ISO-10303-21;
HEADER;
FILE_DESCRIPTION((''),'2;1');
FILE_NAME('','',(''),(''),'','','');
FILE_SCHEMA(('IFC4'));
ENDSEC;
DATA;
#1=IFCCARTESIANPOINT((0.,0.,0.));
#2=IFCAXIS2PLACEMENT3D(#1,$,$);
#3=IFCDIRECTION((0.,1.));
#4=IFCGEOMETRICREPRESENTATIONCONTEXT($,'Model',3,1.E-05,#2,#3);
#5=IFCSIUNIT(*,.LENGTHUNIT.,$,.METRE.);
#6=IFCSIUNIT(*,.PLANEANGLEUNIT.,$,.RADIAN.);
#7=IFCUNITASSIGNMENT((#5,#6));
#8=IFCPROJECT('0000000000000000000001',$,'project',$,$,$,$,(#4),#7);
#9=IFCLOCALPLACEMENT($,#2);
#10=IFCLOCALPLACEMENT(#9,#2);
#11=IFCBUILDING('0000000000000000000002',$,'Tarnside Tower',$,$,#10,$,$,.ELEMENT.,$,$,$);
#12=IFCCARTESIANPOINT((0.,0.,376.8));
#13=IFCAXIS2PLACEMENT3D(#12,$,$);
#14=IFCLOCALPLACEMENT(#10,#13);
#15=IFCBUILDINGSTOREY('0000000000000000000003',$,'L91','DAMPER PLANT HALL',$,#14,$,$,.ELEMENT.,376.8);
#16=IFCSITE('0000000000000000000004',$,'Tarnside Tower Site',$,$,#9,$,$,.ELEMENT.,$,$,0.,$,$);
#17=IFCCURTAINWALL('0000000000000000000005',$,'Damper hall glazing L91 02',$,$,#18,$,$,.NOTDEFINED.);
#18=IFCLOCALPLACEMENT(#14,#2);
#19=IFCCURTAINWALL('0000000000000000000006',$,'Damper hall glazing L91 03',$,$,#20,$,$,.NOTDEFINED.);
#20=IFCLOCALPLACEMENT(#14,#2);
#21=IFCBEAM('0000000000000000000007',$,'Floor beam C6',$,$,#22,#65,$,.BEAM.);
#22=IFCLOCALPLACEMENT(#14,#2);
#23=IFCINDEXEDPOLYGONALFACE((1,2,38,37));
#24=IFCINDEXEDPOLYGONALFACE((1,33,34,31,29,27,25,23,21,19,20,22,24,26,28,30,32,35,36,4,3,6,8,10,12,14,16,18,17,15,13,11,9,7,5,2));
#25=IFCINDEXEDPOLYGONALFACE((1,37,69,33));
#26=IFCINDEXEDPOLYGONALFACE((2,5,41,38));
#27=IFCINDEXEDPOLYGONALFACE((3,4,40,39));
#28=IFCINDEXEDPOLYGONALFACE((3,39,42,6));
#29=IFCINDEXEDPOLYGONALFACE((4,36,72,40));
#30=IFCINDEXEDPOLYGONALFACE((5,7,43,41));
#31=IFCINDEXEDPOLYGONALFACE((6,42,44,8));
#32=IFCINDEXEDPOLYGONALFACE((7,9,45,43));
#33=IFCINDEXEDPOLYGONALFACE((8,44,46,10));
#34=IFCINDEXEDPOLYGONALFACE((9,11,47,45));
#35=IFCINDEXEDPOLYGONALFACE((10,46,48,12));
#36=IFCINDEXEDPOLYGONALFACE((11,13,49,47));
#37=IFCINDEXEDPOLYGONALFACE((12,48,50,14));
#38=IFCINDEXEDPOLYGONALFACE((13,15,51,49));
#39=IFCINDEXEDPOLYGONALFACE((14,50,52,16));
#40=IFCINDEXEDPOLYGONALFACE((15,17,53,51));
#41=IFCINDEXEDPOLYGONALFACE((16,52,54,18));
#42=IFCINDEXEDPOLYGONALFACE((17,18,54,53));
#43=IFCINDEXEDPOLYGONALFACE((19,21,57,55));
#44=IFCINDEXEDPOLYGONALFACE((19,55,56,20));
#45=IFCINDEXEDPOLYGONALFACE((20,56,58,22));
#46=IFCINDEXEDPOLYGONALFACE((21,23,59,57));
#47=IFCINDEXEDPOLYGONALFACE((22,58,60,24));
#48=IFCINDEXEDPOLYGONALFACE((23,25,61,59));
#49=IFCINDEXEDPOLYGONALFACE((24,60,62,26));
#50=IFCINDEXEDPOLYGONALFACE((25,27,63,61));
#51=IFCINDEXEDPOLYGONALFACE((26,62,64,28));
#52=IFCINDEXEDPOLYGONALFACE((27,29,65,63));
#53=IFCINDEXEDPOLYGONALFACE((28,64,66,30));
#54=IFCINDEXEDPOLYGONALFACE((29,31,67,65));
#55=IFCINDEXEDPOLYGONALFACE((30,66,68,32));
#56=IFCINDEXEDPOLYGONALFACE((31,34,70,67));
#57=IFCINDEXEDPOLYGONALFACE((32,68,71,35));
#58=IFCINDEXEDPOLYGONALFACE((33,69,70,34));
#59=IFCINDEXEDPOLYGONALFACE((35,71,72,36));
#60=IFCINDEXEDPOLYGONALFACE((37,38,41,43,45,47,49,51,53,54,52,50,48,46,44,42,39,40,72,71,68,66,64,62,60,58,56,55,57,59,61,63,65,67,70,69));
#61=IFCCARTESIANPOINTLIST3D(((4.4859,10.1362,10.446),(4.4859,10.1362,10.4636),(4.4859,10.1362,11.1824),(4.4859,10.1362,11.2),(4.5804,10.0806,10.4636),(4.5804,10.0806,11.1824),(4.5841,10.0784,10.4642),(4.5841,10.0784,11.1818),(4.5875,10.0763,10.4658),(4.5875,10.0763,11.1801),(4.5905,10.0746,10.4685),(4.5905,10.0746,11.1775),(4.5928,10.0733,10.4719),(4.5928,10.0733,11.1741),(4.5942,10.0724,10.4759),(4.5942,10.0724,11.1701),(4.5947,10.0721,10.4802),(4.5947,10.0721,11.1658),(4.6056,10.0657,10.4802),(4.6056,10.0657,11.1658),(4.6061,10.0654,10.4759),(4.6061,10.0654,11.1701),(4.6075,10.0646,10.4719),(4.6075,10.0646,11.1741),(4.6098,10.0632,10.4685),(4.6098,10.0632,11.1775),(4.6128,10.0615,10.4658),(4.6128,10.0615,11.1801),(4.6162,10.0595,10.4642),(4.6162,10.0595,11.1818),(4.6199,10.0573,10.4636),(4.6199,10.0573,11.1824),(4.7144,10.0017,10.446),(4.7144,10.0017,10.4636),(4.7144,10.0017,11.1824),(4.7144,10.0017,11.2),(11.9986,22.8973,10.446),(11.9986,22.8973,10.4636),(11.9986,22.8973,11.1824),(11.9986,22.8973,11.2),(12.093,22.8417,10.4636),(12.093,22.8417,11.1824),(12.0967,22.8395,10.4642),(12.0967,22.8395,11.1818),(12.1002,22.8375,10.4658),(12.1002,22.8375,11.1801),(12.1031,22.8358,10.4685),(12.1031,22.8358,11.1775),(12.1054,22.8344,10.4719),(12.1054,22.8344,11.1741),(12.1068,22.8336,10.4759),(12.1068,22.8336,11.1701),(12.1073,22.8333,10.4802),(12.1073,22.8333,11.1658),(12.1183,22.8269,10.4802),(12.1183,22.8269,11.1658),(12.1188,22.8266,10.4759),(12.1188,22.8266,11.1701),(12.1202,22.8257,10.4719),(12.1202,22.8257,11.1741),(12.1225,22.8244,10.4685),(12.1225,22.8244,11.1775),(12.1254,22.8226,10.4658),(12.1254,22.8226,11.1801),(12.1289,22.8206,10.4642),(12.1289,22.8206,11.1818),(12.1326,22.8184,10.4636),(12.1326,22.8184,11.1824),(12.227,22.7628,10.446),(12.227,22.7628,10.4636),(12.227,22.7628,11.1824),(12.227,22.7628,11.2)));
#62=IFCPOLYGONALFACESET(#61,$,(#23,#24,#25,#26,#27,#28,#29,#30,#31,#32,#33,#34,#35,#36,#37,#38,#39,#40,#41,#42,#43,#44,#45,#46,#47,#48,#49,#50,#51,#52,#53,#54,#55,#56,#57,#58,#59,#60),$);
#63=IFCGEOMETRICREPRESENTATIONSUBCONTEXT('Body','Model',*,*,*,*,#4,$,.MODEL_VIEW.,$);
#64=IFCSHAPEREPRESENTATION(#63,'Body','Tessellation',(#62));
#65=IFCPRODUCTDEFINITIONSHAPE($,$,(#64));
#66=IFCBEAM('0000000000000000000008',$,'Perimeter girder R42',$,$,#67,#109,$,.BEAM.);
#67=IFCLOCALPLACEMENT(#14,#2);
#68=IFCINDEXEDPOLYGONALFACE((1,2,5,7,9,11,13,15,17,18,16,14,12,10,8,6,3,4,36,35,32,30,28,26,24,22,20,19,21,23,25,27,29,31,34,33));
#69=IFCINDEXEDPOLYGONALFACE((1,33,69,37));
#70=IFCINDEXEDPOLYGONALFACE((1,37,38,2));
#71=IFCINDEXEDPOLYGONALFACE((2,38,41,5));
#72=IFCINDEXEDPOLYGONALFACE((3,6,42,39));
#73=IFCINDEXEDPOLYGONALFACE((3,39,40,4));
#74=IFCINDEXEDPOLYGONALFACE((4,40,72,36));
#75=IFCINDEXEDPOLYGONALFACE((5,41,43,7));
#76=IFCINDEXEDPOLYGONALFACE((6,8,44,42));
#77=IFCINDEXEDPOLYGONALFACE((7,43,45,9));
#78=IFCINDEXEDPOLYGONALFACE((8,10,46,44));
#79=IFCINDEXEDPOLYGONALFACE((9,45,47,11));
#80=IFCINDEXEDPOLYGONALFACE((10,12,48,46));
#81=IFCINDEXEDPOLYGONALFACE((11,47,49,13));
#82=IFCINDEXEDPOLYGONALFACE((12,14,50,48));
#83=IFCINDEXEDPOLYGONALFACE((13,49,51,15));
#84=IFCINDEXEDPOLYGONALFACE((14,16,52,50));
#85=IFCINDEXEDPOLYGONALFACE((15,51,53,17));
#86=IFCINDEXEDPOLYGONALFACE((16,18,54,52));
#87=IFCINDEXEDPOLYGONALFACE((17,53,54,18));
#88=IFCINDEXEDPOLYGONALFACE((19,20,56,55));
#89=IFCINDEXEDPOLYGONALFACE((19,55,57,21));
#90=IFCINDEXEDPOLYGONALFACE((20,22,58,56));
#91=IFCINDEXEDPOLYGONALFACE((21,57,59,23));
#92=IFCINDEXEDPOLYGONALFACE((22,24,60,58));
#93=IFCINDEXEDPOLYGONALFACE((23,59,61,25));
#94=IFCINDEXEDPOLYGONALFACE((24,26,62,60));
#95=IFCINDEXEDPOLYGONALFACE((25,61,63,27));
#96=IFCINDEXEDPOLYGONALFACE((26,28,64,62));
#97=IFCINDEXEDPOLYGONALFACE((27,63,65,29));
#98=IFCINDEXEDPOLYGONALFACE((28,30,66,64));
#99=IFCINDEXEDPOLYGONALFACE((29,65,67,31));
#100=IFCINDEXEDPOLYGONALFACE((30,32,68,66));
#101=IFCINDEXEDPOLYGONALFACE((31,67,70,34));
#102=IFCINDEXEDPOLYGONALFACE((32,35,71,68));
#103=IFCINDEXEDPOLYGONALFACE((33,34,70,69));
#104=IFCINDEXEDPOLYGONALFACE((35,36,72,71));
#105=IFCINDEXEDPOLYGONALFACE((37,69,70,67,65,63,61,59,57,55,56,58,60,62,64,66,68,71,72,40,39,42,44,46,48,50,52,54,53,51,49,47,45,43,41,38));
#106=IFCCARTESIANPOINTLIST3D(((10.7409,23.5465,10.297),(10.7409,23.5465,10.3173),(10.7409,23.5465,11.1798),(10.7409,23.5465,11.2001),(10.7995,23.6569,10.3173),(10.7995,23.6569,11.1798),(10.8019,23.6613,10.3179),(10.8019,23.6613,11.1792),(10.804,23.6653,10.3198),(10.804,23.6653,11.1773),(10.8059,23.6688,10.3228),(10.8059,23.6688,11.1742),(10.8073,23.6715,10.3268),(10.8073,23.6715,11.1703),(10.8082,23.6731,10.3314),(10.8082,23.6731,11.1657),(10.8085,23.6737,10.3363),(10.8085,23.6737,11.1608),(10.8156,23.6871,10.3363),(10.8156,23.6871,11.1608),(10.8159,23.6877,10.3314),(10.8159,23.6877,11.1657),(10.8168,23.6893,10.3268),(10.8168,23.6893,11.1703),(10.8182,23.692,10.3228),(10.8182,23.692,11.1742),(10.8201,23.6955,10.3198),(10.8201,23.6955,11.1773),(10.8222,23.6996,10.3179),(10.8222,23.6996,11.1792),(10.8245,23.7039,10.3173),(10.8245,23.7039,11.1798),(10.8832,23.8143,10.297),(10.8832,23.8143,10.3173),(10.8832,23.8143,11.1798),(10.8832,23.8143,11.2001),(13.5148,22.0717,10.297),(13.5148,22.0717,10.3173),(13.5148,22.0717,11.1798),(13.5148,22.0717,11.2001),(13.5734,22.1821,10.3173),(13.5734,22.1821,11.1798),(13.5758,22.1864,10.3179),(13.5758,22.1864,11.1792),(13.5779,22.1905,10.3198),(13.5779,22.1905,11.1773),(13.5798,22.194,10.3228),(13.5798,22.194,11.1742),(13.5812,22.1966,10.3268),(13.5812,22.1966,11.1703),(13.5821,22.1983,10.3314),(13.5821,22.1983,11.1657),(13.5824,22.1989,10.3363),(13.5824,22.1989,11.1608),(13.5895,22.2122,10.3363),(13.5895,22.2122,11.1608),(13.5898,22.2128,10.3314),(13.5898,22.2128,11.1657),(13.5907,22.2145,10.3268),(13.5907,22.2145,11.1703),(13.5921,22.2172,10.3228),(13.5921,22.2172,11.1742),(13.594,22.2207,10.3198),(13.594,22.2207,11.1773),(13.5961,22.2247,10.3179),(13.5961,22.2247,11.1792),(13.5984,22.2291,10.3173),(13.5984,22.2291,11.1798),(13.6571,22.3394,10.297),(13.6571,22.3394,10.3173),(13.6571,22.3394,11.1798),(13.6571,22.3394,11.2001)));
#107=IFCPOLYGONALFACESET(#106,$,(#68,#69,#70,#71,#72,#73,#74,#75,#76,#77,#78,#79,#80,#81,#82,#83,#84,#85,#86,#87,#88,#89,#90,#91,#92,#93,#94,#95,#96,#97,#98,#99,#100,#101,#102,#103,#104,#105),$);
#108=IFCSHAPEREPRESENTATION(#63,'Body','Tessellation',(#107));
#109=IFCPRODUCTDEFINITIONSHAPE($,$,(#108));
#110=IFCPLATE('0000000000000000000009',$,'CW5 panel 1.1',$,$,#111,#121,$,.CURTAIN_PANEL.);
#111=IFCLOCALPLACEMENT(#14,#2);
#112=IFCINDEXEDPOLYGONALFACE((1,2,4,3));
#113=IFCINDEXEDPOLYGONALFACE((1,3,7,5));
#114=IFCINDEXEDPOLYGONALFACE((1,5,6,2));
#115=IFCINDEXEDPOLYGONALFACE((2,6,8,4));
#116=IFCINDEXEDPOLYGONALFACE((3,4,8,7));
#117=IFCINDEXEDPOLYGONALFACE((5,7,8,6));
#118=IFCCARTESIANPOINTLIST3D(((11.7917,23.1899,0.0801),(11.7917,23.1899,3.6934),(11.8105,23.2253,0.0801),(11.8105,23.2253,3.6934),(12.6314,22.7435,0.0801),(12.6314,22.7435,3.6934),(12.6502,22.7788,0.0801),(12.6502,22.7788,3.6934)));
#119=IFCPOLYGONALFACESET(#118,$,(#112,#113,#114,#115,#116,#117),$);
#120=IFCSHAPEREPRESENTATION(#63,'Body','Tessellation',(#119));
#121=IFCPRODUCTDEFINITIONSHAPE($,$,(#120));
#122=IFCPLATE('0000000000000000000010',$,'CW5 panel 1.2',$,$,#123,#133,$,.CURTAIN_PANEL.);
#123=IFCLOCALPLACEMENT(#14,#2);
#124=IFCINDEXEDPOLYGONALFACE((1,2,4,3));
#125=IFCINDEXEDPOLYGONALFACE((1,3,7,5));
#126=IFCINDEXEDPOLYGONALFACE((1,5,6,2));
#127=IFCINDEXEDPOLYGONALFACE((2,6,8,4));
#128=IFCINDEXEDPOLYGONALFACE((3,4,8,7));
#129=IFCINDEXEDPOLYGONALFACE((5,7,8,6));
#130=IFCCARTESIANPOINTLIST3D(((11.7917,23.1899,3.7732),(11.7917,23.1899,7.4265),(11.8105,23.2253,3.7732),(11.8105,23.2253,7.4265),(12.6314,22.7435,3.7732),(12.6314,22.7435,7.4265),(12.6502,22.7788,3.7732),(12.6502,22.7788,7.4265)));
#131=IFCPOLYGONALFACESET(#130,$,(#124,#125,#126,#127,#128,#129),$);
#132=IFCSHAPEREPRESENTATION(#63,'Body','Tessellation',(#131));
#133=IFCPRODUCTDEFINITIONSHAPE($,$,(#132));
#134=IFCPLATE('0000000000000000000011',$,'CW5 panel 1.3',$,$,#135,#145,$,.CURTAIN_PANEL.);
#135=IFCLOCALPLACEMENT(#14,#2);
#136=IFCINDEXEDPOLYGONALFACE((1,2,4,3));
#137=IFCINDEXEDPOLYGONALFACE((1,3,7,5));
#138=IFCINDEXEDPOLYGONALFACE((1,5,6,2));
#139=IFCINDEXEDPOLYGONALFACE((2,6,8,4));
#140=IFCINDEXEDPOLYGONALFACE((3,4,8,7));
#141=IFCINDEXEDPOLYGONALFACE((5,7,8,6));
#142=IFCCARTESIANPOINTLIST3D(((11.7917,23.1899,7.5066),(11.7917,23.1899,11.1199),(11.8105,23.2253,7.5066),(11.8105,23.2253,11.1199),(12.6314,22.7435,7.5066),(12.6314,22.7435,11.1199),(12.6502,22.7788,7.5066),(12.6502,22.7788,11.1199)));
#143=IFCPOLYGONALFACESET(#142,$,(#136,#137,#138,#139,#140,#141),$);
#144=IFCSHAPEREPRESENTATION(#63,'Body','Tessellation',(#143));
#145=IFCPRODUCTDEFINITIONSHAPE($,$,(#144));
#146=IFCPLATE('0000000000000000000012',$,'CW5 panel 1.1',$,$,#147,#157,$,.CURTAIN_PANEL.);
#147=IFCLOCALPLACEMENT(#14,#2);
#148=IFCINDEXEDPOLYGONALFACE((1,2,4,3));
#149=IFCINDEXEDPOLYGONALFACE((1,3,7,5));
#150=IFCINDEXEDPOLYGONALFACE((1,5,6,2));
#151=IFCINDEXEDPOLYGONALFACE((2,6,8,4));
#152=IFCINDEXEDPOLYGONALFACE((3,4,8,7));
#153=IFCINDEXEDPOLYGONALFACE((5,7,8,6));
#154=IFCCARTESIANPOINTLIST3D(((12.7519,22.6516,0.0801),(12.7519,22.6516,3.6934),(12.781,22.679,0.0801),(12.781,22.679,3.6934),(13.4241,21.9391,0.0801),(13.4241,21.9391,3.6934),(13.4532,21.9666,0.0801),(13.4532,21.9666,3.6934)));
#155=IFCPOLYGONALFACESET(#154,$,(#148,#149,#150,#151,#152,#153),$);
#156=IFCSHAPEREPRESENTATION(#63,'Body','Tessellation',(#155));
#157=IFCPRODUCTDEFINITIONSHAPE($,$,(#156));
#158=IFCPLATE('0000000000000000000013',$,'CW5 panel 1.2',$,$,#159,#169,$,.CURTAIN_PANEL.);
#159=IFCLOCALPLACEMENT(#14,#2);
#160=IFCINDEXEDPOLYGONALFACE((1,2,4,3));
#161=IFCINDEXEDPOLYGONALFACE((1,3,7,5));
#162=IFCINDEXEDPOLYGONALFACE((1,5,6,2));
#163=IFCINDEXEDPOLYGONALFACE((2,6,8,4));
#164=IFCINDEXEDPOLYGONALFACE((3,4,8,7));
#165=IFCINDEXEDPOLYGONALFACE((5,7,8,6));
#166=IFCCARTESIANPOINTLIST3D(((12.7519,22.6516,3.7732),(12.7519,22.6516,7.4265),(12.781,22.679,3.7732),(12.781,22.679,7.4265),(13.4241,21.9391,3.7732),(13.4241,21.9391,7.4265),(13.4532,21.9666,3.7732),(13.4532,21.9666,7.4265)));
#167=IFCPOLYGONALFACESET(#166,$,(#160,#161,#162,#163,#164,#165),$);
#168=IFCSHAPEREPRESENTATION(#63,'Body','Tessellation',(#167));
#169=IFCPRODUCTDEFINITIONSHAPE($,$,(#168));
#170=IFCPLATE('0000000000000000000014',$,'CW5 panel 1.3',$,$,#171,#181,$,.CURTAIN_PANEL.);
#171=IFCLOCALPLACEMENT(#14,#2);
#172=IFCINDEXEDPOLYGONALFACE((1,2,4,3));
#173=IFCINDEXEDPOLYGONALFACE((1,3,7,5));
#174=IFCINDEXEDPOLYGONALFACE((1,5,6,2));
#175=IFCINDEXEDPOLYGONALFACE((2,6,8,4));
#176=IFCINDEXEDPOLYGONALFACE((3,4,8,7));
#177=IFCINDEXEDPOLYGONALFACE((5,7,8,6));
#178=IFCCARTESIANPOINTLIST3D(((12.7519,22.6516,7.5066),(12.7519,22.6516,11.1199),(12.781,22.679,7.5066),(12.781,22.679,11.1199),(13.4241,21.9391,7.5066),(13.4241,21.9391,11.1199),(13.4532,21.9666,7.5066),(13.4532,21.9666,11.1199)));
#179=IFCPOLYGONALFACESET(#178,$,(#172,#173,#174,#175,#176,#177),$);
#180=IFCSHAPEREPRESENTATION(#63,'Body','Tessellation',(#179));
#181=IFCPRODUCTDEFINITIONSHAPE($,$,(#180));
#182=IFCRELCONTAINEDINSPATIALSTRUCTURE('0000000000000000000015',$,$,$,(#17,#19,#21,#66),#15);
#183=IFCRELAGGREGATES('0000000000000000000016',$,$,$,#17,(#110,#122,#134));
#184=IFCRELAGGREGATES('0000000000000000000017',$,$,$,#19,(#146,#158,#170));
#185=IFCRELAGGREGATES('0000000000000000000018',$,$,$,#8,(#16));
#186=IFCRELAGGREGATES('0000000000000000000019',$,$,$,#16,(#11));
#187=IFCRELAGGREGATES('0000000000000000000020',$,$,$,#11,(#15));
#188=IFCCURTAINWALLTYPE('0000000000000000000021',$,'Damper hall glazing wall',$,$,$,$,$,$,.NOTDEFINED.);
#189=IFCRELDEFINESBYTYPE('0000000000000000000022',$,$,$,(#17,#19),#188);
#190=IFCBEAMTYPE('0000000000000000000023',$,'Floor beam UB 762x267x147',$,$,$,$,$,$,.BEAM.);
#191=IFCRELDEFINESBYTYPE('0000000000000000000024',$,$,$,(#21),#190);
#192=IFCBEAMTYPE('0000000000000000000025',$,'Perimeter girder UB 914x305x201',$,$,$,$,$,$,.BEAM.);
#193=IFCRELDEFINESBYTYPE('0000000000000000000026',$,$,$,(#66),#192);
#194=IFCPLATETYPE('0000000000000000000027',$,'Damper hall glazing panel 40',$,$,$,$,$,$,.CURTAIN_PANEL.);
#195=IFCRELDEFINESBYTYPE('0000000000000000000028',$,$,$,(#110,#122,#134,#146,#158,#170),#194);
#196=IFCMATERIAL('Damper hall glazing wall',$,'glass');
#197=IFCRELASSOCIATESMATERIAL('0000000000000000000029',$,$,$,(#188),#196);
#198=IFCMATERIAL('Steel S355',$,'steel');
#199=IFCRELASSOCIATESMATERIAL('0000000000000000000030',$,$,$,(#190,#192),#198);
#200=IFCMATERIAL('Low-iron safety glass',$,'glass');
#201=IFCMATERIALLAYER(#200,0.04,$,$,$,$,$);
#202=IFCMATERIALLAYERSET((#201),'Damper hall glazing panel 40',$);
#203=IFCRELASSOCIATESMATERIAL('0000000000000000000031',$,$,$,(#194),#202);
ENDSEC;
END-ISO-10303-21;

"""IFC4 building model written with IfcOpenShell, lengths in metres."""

from ifc_helpers import new_model, si_unit, direction, frame, origin, origin_2d, place, context, subcontext, project, spatial, rectangle, i_section, extrude, material, layer, layer_set, material_profile, profile_set, type_object, element, aggregate, save


model = new_model("IFC4")

# Units and contexts
model_context = context("Model", 3, precision=1e-05, world=origin(), true_north=direction((0.0, 1.0)))
body_context = subcontext(model_context, "Body", "Model", "MODEL_VIEW")
ifc_project = project(units=[si_unit("LENGTHUNIT", "METRE"), si_unit("PLANEANGLEUNIT", "RADIAN")], contexts=[model_context])

# Site, building, storey
site_placement = place(None, origin())
site = spatial("IfcSite", under=ifc_project, at=site_placement, Name="Tarnside Tower Site", CompositionType="ELEMENT", RefElevation=0.0)
building_placement = place(site_placement, origin())
building = spatial("IfcBuilding", under=site, at=building_placement, Name="Tarnside Tower", CompositionType="ELEMENT")
storey_placement = place(building_placement, frame((0.0, 0.0, 376.8)))
storey = spatial("IfcBuildingStorey", under=building, at=storey_placement, Name="L91", Description="DAMPER PLANT HALL", CompositionType="ELEMENT", Elevation=376.8)

# Shared definitions
ifc_material_1 = material(Name="Steel S355", Category="steel")

# Curtain wall
ifc_material_2 = material(Name="Damper hall glazing wall", Category="glass")
curtain_wall_type = type_object("IfcCurtainWallType", Name="Damper hall glazing wall", PredefinedType="NOTDEFINED", material=ifc_material_2)
curtain_wall_1_placement = place(storey_placement, origin())
curtain_wall_1 = element("IfcCurtainWall", 1, at=curtain_wall_1_placement, inside=storey, type_object=curtain_wall_type, Name="Damper hall glazing L91 02", PredefinedType="NOTDEFINED")

# Curtain wall
curtain_wall_2_placement = place(storey_placement, origin())
curtain_wall_2 = element("IfcCurtainWall", 2, at=curtain_wall_2_placement, inside=storey, type_object=curtain_wall_type, Name="Damper hall glazing L91 03", PredefinedType="NOTDEFINED")

# Beams
ifc_material_profile_1 = material_profile(ifc_material_1, i_section(OverallWidth=0.2651, OverallDepth=0.7539, WebThickness=0.0127, FlangeThickness=0.0176, FilletRadius=0.0166, at=origin_2d()), Name="UB 762x267x147")
ifc_profile_set_1 = profile_set([ifc_material_profile_1], Name="Steel S355")
beam_type_1 = type_object("IfcBeamType", Name="Floor beam UB 762x267x147", PredefinedType="BEAM", material=ifc_profile_set_1)
beam_1_placement = place(storey_placement, frame((12.1128, 22.8301, 10.823), z_axis=(-0.507326, -0.861754, 0.0), x_axis=(0.861754, -0.507326, 0.0)))
element("IfcBeam", 3, at=beam_1_placement, inside=storey, type_object=beam_type_1, Name="Floor beam C6", PredefinedType="BEAM", context=body_context, shape_type="SweptSolid", body=[
    extrude(i_section(OverallWidth=0.2651, OverallDepth=0.7539, WebThickness=0.0127, FlangeThickness=0.0176, FilletRadius=0.0166, at=origin_2d()), origin(), (0.0, 0.0, 1.0), 14.8083),
])
ifc_material_profile_2 = material_profile(ifc_material_1, i_section(OverallWidth=0.3032, OverallDepth=0.9031, WebThickness=0.0151, FlangeThickness=0.0203, FilletRadius=0.019, at=origin_2d()), Name="UB 914x305x201")
ifc_profile_set_2 = profile_set([ifc_material_profile_2], Name="Steel S355")
beam_type_2 = type_object("IfcBeamType", Name="Perimeter girder UB 914x305x201", PredefinedType="BEAM", material=ifc_profile_set_2)
beam_2_placement = place(storey_placement, frame((13.5859, 22.2056, 10.7485), z_axis=(-0.882957, 0.469454, 0.0), x_axis=(-0.469454, -0.882957, 0.0)))
element("IfcBeam", 4, at=beam_2_placement, inside=storey, type_object=beam_type_2, Name="Perimeter girder R42", PredefinedType="BEAM", context=body_context, shape_type="SweptSolid", body=[
    extrude(i_section(OverallWidth=0.3032, OverallDepth=0.9031, WebThickness=0.0151, FlangeThickness=0.0203, FilletRadius=0.019, at=origin_2d()), origin(), (0.0, 0.0, 1.0), 3.1416),
])

# Plates
ifc_material_3 = material(Name="Low-iron safety glass", Category="glass")
ifc_layer = layer(ifc_material_3, 0.04)
ifc_layer_set = layer_set([ifc_layer], Name="Damper hall glazing panel 40")
plate_type = type_object("IfcPlateType", Name="Damper hall glazing panel 40", PredefinedType="CURTAIN_PANEL", material=ifc_layer_set)
plate_1_placement = place(storey_placement, frame((12.2209, 22.9844, 0.0801), z_axis=(0.0, 0.0, 1.0), x_axis=(0.882948, -0.469472, 0.0)))
plate_1 = element("IfcPlate", 5, at=plate_1_placement, type_object=plate_type, Name="CW5 panel 1.1", PredefinedType="CURTAIN_PANEL", context=body_context, shape_type="SweptSolid", body=[
    extrude(rectangle(XDim=0.9509, YDim=0.04, at=origin_2d()), origin(), (0.0, 0.0, 1.0), 3.6133),
])
plate_2_placement = place(storey_placement, frame((12.2209, 22.9844, 3.7732), z_axis=(0.0, 0.0, 1.0), x_axis=(0.882948, -0.469472, 0.0)))
plate_2 = element("IfcPlate", 6, at=plate_2_placement, type_object=plate_type, Name="CW5 panel 1.2", PredefinedType="CURTAIN_PANEL", context=body_context, shape_type="SweptSolid", body=[
    extrude(rectangle(XDim=0.9509, YDim=0.04, at=origin_2d()), origin(), (0.0, 0.0, 1.0), 3.6533),
])
plate_3_placement = place(storey_placement, frame((12.2209, 22.9844, 7.5066), z_axis=(0.0, 0.0, 1.0), x_axis=(0.882948, -0.469472, 0.0)))
plate_3 = element("IfcPlate", 7, at=plate_3_placement, type_object=plate_type, Name="CW5 panel 1.3", PredefinedType="CURTAIN_PANEL", context=body_context, shape_type="SweptSolid", body=[
    extrude(rectangle(XDim=0.9509, YDim=0.04, at=origin_2d()), origin(), (0.0, 0.0, 1.0), 3.6133),
])
aggregate(curtain_wall_1, [plate_1, plate_2, plate_3])
plate_4_placement = place(storey_placement, frame((13.1025, 22.3091, 0.0801), z_axis=(0.0, 0.0, 1.0), x_axis=(0.686242, -0.727374, 0.0)))
plate_4 = element("IfcPlate", 8, at=plate_4_placement, type_object=plate_type, Name="CW5 panel 1.1", PredefinedType="CURTAIN_PANEL", context=body_context, shape_type="SweptSolid", body=[
    extrude(rectangle(XDim=0.9795, YDim=0.04, at=origin_2d()), origin(), (0.0, 0.0, 1.0), 3.6133),
])
plate_5_placement = place(storey_placement, frame((13.1025, 22.3091, 3.7732), z_axis=(0.0, 0.0, 1.0), x_axis=(0.686242, -0.727374, 0.0)))
plate_5 = element("IfcPlate", 9, at=plate_5_placement, type_object=plate_type, Name="CW5 panel 1.2", PredefinedType="CURTAIN_PANEL", context=body_context, shape_type="SweptSolid", body=[
    extrude(rectangle(XDim=0.9795, YDim=0.04, at=origin_2d()), origin(), (0.0, 0.0, 1.0), 3.6533),
])
plate_6_placement = place(storey_placement, frame((13.1025, 22.3091, 7.5066), z_axis=(0.0, 0.0, 1.0), x_axis=(0.686242, -0.727374, 0.0)))
plate_6 = element("IfcPlate", 10, at=plate_6_placement, type_object=plate_type, Name="CW5 panel 1.3", PredefinedType="CURTAIN_PANEL", context=body_context, shape_type="SweptSolid", body=[
    extrude(rectangle(XDim=0.9795, YDim=0.04, at=origin_2d()), origin(), (0.0, 0.0, 1.0), 3.6133),
])
aggregate(curtain_wall_2, [plate_4, plate_5, plate_6])

save(model, "model.ifc")
